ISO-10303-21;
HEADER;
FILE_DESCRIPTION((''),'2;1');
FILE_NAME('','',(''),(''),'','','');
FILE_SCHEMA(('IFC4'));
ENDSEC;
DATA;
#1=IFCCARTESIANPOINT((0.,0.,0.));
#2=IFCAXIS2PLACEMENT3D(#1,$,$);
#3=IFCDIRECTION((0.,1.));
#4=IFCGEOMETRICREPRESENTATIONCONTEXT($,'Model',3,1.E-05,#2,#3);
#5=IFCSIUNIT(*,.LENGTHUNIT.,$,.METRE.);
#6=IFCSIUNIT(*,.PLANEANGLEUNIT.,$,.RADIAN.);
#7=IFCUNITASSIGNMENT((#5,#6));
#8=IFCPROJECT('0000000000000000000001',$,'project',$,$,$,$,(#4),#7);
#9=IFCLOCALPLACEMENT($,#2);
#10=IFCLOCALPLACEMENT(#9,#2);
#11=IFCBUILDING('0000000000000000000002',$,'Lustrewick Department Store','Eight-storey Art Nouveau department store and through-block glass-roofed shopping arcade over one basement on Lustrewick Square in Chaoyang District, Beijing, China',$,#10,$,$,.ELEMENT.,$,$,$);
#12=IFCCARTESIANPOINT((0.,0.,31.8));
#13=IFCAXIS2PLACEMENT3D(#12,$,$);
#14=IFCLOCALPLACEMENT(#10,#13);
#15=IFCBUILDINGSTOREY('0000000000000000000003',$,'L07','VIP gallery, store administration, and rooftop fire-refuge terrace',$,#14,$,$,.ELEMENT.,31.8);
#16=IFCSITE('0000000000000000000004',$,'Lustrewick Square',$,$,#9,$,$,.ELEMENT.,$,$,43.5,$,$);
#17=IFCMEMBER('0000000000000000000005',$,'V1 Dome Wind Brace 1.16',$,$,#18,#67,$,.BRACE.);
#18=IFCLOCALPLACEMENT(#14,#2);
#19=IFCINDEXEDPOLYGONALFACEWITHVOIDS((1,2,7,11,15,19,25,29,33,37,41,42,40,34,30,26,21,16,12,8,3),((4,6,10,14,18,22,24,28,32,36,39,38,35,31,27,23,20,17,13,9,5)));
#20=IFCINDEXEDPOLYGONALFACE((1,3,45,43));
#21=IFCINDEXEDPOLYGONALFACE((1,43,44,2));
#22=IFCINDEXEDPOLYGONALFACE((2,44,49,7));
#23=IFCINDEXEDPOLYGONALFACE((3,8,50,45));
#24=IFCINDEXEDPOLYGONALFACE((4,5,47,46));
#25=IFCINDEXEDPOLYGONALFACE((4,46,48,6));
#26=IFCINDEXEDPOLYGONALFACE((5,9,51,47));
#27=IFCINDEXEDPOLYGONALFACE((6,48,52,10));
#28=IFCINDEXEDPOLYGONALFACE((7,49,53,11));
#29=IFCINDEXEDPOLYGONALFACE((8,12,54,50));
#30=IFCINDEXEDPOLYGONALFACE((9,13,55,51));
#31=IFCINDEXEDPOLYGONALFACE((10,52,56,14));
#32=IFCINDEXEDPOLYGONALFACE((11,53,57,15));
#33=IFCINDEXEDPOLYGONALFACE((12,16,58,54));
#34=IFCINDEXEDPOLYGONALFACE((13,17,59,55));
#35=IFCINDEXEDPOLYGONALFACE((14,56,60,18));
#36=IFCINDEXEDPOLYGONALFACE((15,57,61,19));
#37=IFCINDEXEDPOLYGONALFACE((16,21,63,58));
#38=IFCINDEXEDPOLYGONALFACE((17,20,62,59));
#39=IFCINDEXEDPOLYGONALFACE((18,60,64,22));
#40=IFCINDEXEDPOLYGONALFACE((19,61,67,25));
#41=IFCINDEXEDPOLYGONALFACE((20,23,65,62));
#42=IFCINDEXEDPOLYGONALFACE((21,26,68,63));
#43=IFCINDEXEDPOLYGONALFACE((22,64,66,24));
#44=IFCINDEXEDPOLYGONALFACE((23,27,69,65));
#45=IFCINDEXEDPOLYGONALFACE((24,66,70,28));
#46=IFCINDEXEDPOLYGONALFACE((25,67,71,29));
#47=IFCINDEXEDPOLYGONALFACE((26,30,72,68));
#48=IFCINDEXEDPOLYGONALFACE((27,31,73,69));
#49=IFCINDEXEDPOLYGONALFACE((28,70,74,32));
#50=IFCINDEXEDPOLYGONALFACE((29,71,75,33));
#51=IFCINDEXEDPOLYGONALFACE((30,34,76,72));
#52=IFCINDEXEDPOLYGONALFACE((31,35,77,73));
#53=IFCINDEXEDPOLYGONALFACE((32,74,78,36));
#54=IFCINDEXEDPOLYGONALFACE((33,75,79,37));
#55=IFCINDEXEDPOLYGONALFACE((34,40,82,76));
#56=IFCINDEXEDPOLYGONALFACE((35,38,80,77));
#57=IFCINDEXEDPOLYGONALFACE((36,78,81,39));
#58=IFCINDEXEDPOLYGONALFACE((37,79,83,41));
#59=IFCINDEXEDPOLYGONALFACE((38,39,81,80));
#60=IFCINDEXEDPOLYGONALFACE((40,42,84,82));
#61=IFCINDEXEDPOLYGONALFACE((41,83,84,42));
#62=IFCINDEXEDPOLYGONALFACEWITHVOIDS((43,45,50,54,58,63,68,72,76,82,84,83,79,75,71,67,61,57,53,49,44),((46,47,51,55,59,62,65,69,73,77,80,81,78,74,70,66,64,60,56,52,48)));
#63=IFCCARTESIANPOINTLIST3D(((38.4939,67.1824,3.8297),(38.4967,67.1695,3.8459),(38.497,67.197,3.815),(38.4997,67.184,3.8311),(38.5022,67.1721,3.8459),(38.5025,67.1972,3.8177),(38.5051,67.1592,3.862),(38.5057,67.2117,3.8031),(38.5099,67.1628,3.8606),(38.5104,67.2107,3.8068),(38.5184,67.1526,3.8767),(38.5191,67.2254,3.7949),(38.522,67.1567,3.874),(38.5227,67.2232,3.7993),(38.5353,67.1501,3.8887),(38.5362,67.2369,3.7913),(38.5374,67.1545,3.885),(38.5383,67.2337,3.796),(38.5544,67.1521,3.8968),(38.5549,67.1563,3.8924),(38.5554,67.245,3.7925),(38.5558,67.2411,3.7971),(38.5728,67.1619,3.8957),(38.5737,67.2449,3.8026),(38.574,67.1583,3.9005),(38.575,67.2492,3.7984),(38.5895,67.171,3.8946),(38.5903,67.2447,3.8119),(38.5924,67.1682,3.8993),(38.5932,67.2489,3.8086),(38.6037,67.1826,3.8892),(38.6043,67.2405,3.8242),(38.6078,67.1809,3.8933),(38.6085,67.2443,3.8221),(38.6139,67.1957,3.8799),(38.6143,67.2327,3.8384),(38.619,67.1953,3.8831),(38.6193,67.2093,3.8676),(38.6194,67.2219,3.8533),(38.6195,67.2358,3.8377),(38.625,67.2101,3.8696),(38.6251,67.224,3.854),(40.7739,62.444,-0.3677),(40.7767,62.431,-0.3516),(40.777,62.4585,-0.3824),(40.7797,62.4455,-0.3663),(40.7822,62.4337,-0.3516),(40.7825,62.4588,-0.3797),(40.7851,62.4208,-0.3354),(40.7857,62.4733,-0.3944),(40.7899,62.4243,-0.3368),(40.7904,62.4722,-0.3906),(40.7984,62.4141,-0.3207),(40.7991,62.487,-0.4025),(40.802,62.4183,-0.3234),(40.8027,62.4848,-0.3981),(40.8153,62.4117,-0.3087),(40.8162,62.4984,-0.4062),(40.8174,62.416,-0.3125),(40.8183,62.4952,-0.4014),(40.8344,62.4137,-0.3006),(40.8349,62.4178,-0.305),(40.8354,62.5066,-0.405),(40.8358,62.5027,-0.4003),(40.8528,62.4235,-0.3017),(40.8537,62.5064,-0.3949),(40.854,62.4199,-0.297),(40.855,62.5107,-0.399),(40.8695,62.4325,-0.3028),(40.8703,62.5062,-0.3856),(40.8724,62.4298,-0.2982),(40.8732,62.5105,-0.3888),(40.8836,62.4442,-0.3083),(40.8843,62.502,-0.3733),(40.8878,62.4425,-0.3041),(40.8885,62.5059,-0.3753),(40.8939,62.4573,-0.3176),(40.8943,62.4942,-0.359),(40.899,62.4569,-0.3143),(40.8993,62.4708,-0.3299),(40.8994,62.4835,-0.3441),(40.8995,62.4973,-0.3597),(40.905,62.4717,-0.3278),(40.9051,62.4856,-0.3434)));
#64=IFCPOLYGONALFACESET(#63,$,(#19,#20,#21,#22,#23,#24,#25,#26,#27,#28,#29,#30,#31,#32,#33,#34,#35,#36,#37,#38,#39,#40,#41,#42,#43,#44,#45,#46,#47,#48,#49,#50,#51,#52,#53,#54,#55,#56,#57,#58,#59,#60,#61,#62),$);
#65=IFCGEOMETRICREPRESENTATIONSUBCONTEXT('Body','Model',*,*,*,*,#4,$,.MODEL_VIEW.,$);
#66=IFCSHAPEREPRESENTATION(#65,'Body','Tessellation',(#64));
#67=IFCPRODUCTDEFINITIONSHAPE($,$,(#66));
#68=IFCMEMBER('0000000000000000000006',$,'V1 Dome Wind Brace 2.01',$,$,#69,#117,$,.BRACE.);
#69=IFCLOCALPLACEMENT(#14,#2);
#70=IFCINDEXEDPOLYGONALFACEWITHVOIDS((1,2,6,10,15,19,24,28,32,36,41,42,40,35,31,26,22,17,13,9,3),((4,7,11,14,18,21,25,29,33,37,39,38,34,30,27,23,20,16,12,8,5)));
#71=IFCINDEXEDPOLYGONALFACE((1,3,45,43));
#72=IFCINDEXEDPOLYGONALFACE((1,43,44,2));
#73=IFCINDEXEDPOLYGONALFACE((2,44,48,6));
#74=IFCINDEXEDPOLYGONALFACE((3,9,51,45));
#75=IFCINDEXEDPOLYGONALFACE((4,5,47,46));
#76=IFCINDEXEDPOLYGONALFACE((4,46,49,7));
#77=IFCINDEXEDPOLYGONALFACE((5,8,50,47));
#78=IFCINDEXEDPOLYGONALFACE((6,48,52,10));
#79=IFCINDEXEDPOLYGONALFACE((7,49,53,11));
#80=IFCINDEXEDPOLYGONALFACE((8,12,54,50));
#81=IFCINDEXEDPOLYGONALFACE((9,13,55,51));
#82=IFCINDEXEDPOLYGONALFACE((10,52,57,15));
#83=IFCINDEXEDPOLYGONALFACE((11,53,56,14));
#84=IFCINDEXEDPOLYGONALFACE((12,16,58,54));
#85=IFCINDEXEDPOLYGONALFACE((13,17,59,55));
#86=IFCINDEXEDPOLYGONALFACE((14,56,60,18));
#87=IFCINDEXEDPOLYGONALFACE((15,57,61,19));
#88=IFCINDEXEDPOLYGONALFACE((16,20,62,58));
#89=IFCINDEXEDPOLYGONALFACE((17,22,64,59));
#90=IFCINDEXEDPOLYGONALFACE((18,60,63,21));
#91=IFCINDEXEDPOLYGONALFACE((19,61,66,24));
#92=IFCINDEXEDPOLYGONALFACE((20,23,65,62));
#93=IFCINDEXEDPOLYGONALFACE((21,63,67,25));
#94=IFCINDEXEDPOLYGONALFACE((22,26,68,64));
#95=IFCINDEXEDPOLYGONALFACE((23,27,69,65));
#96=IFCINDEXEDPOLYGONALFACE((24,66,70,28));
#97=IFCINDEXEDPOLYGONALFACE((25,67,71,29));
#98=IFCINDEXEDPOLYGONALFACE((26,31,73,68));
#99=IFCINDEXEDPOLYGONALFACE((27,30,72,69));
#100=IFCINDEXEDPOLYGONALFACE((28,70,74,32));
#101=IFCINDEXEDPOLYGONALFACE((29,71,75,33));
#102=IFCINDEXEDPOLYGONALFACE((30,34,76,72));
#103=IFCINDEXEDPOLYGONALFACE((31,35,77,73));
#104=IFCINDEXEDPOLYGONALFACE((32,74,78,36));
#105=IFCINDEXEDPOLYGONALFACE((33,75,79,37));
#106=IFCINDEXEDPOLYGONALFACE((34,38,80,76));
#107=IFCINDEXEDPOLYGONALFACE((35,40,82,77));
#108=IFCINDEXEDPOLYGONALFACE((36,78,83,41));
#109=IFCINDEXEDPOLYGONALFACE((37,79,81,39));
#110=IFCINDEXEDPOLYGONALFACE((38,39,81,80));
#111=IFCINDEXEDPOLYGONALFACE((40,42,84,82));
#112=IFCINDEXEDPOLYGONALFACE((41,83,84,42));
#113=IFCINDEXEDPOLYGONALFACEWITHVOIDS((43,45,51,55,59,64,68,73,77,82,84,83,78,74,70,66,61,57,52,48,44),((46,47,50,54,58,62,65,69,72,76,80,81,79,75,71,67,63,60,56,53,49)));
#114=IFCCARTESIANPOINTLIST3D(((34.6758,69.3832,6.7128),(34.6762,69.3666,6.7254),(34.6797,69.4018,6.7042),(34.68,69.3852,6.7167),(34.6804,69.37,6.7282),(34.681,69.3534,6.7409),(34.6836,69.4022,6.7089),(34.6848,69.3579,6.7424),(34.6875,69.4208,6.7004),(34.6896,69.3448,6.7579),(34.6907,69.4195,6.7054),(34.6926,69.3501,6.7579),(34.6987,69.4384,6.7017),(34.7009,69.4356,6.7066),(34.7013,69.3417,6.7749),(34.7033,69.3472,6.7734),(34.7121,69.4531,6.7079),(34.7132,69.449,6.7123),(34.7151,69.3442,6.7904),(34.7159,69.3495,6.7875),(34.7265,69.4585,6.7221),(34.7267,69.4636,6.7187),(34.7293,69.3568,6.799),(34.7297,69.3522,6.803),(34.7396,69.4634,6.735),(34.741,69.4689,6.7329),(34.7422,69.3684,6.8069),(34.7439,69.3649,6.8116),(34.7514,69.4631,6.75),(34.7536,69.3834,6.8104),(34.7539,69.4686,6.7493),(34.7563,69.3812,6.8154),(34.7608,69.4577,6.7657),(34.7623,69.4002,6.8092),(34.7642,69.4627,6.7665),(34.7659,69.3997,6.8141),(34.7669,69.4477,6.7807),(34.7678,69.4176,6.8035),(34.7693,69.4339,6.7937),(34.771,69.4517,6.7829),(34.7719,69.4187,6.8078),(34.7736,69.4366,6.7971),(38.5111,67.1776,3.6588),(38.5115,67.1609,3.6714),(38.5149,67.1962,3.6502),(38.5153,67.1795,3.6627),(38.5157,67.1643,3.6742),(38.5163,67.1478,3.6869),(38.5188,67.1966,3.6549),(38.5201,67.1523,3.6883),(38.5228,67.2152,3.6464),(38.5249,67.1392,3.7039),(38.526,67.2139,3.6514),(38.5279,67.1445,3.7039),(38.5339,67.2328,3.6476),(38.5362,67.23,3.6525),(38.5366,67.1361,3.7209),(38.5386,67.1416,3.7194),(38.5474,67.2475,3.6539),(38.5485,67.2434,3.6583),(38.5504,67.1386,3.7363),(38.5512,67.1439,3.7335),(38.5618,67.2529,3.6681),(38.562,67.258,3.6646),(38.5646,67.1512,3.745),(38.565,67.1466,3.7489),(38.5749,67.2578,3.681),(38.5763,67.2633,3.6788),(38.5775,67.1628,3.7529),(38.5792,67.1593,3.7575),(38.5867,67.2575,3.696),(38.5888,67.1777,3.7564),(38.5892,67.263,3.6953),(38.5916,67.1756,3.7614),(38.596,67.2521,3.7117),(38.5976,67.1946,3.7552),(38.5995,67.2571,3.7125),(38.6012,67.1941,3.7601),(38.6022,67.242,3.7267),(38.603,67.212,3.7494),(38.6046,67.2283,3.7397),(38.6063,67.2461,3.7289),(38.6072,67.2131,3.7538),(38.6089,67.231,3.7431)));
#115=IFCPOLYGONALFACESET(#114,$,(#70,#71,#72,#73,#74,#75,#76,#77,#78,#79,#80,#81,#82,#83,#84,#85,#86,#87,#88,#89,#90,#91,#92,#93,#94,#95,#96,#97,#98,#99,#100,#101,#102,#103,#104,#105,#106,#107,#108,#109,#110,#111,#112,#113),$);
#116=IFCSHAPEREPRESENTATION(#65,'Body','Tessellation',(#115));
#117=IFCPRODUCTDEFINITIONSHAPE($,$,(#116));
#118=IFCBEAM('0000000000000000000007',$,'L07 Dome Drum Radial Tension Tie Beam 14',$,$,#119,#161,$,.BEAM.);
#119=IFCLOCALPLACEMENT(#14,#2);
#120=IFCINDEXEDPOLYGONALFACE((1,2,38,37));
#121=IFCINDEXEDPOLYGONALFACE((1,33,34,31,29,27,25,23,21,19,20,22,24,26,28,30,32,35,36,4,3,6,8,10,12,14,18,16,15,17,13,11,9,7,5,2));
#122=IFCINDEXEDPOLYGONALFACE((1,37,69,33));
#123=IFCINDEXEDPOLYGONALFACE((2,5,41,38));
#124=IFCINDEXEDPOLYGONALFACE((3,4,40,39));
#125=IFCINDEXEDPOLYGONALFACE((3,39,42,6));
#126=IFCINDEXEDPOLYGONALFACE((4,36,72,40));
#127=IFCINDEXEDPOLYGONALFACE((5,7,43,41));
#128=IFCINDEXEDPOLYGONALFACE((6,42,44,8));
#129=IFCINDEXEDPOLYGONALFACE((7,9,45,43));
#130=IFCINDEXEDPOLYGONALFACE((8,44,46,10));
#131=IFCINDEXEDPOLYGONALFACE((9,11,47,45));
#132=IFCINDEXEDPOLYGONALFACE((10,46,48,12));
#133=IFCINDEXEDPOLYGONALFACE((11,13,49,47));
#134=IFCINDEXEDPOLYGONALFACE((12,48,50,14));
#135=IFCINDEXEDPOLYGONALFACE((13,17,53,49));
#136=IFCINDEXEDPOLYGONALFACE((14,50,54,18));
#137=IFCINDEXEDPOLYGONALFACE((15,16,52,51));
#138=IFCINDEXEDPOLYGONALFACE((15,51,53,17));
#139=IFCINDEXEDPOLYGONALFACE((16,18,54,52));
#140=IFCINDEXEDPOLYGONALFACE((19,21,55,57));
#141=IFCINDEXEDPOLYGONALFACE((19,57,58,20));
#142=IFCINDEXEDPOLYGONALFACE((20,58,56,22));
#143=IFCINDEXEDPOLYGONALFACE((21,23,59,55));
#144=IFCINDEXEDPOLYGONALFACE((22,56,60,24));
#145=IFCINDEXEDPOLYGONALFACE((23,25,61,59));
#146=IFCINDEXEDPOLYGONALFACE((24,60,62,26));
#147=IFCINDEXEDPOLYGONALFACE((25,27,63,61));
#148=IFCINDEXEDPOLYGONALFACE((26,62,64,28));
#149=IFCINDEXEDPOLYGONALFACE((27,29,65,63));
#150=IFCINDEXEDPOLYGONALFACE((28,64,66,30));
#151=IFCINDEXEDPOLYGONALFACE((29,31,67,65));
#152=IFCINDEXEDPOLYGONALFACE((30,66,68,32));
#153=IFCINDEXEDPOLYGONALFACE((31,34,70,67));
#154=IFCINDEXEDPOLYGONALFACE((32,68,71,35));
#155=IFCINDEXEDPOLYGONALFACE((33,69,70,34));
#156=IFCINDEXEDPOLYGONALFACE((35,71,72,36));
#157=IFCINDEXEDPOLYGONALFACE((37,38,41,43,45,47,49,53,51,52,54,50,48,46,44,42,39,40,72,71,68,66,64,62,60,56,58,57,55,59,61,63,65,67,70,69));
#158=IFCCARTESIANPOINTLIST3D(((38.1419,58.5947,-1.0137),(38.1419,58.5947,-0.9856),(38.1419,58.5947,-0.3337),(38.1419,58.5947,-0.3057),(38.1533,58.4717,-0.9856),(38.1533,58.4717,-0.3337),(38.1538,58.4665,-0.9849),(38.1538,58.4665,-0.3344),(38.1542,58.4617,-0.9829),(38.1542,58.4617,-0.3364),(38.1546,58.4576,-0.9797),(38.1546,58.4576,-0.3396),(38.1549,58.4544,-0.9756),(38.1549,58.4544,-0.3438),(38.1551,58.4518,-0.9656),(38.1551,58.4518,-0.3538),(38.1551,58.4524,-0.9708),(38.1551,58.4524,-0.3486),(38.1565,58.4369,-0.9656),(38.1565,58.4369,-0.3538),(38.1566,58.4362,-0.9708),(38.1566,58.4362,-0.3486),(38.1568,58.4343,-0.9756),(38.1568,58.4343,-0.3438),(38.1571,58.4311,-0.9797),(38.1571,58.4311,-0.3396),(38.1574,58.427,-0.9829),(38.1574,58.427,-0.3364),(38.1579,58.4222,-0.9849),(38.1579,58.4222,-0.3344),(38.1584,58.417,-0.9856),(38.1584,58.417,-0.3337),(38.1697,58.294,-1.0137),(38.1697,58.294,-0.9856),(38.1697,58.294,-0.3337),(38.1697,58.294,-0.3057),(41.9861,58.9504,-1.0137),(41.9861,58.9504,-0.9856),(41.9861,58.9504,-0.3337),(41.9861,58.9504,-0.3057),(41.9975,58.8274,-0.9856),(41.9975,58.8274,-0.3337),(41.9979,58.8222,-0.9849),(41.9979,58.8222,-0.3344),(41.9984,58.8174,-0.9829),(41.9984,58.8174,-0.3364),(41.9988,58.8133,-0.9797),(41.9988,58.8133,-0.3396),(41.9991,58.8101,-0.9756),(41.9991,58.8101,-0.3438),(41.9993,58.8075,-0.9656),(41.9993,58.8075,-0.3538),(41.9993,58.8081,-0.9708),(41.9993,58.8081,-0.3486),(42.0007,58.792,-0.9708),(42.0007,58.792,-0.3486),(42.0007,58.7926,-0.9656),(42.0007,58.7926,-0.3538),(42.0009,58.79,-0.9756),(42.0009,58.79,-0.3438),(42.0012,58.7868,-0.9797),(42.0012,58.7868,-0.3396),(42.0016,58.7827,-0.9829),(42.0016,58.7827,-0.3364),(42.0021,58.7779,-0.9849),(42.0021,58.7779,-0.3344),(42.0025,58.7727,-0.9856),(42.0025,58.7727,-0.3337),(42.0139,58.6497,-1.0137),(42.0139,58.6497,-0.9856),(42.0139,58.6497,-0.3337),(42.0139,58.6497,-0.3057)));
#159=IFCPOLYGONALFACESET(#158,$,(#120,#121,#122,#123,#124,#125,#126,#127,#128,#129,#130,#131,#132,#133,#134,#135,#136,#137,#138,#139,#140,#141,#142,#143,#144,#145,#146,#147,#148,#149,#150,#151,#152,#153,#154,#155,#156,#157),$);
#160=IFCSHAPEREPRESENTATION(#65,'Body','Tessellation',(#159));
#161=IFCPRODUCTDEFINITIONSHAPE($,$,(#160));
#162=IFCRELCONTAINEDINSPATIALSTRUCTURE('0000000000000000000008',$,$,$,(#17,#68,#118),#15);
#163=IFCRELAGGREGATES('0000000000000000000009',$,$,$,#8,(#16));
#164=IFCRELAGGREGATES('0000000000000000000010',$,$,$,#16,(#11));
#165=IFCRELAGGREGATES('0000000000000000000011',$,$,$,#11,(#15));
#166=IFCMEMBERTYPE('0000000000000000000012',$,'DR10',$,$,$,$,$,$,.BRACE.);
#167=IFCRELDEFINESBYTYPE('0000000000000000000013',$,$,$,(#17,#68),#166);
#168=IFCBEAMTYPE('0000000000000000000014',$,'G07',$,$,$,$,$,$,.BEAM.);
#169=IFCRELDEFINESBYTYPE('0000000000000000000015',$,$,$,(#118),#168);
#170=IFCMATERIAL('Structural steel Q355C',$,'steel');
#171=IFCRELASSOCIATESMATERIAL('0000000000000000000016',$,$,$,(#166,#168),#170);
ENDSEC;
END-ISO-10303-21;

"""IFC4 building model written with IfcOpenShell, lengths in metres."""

from ifc_helpers import new_model, si_unit, direction, frame, origin, origin_2d, place, context, subcontext, project, spatial, hollow_circle, i_section, extrude, material, material_profile, profile_set, type_object, element, save


model = new_model("IFC4")

# Units and contexts
model_context = context("Model", 3, precision=1e-05, world=origin(), true_north=direction((0.0, 1.0)))
body_context = subcontext(model_context, "Body", "Model", "MODEL_VIEW")
ifc_project = project(units=[si_unit("LENGTHUNIT", "METRE"), si_unit("PLANEANGLEUNIT", "RADIAN")], contexts=[model_context])

# Site, building, storey
site_placement = place(None, origin())
site = spatial("IfcSite", under=ifc_project, at=site_placement, Name="Lustrewick Square", CompositionType="ELEMENT", RefElevation=43.5)
building_placement = place(site_placement, origin())
building = spatial("IfcBuilding", under=site, at=building_placement, Name="Lustrewick Department Store", Description="Eight-storey Art Nouveau department store and through-block glass-roofed shopping arcade over one basement on Lustrewick Square in Chaoyang District, Beijing, China", CompositionType="ELEMENT")
storey_placement = place(building_placement, frame((0.0, 0.0, 31.8)))
storey = spatial("IfcBuildingStorey", under=building, at=storey_placement, Name="L07", Description="VIP gallery, store administration, and rooftop fire-refuge terrace", CompositionType="ELEMENT", Elevation=31.8)

# Members
ifc_material_1 = material(Name="Structural steel Q355C", Category="steel")
ifc_material_profile_1 = material_profile(ifc_material_1, hollow_circle(Radius=0.0701, WallThickness=0.0061, at=origin_2d()), Name="CHS 140x6")
ifc_profile_set_1 = profile_set([ifc_material_profile_1], Name="Structural steel Q355C")
member_type_1 = type_object("IfcMemberType", Name="DR10", PredefinedType="BRACE", material=ifc_profile_set_1)
for number, where, z_axis, x_axis, name in (
    (1, (40.8398, 62.4614, -0.3516), (-0.338867, 0.704258, 0.62385), (-0.901112, -0.433587, 0.0), "V1 Dome Wind Brace 1.16"),
):
    element("IfcMember", number, at=place(storey_placement, frame(where, z_axis=z_axis, x_axis=x_axis)), inside=storey, type_object=member_type_1, Name=name, PredefinedType="BRACE", context=body_context, shape_type="SweptSolid", body=[
        extrude(hollow_circle(Radius=0.0701, WallThickness=0.0061, at=origin_2d()), origin(), (0.0, 0.0, 1.0), 6.7283),
    ])
member_1_placement = place(storey_placement, frame((38.5598, 67.2, 3.7039), z_axis=(-0.713411, 0.410272, 0.568086), x_axis=(-0.498526, -0.866875, 0.0)))
element("IfcMember", 2, at=member_1_placement, inside=storey, type_object=member_type_1, Name="V1 Dome Wind Brace 2.01", PredefinedType="BRACE", context=body_context, shape_type="SweptSolid", body=[
    extrude(hollow_circle(Radius=0.0701, WallThickness=0.0061, at=origin_2d()), origin(), (0.0, 0.0, 1.0), 5.376),
])

# Beam
ifc_material_profile_2 = material_profile(ifc_material_1, i_section(OverallWidth=0.302, OverallDepth=0.708, WebThickness=0.0149, FlangeThickness=0.0281, FilletRadius=0.02, at=origin_2d()), Name="HN 708x302x15x28")
ifc_profile_set_2 = profile_set([ifc_material_profile_2], Name="Structural steel Q355C")
beam_type = type_object("IfcBeamType", Name="G07", PredefinedType="BEAM", material=ifc_profile_set_2)
beam_1_placement = place(storey_placement, frame((42.0, 58.8, -0.6597), z_axis=(-0.995746, -0.092138, 0.0), x_axis=(0.092138, -0.995746, 0.0)))
element("IfcBeam", 3, at=beam_1_placement, inside=storey, type_object=beam_type, Name="L07 Dome Drum Radial Tension Tie Beam 14", PredefinedType="BEAM", context=body_context, shape_type="SweptSolid", body=[
    extrude(i_section(OverallWidth=0.302, OverallDepth=0.708, WebThickness=0.0149, FlangeThickness=0.0281, FilletRadius=0.02, at=origin_2d()), origin(), (0.0, 0.0, 1.0), 3.8606),
])

save(model, "model.ifc")
